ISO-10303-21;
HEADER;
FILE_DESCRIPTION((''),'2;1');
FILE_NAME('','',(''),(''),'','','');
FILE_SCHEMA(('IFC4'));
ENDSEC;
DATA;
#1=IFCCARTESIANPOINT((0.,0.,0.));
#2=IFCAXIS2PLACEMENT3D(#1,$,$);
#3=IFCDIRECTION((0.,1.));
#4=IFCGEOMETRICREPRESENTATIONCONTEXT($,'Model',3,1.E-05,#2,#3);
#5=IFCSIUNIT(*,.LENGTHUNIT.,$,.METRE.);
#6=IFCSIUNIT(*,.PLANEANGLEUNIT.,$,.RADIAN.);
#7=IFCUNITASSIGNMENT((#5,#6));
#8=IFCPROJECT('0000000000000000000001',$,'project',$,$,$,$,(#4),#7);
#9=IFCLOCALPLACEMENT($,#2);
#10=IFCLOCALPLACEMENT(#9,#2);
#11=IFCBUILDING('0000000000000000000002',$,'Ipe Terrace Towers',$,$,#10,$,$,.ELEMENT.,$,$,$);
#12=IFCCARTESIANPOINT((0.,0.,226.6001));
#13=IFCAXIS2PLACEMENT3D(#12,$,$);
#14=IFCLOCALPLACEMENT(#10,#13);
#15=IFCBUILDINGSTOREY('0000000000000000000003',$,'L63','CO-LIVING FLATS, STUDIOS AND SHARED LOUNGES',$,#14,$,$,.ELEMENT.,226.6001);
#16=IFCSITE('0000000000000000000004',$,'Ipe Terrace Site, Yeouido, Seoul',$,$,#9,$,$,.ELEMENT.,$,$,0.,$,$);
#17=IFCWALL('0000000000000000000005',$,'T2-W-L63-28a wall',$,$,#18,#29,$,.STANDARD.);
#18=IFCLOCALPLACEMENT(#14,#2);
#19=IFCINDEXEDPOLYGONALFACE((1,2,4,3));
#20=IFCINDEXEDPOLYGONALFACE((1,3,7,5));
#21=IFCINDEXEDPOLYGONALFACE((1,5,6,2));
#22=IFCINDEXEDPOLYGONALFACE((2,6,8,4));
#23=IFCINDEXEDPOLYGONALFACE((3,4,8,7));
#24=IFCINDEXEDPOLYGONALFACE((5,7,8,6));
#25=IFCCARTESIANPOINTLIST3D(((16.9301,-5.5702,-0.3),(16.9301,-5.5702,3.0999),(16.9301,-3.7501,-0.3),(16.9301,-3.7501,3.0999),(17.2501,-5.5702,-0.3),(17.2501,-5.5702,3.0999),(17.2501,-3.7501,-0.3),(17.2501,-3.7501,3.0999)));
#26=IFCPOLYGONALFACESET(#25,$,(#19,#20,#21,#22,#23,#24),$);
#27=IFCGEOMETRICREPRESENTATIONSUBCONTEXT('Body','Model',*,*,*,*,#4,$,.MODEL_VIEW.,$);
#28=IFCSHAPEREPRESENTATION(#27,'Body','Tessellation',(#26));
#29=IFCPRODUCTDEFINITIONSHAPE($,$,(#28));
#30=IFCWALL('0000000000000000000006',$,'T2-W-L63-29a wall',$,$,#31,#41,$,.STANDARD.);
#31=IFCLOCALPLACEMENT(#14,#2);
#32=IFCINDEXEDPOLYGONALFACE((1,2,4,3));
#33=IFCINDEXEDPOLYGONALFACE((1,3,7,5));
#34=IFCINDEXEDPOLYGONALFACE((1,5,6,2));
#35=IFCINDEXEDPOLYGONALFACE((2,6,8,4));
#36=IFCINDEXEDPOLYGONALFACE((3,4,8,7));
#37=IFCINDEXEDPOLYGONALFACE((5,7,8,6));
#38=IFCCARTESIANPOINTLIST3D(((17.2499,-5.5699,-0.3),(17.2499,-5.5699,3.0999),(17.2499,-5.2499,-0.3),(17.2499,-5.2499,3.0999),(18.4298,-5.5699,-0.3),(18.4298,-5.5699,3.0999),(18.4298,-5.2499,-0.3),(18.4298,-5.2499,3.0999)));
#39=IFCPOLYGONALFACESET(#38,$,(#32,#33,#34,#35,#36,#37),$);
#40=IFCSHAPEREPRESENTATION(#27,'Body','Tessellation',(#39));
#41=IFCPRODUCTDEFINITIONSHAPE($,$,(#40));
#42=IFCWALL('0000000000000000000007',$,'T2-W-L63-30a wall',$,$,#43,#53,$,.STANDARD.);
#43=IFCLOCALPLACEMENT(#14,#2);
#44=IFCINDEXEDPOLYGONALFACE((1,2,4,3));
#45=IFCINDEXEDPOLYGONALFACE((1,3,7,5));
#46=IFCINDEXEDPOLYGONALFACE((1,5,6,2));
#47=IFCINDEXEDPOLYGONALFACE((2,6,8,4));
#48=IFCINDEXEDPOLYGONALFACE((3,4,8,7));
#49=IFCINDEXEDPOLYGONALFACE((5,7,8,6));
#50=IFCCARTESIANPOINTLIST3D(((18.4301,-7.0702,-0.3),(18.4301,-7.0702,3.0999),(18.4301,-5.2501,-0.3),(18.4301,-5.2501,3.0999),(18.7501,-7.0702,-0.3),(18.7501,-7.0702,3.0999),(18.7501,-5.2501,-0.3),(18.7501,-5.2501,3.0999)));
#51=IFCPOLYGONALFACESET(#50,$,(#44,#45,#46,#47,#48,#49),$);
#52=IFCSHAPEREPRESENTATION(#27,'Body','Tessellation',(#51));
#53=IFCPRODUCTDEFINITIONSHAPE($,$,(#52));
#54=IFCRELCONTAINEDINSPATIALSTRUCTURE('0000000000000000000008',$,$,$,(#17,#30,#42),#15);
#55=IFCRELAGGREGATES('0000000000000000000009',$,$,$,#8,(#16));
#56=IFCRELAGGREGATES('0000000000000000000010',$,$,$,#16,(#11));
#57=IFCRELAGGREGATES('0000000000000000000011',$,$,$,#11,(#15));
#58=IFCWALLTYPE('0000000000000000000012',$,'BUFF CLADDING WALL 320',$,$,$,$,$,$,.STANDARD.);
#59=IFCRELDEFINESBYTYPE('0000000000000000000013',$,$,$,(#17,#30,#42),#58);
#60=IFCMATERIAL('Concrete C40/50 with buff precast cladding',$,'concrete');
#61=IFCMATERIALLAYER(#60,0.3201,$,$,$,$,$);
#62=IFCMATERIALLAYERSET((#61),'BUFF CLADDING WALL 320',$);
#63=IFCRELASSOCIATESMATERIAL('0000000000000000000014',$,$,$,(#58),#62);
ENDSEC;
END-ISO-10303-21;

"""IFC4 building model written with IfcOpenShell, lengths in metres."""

from ifc_helpers import new_model, si_unit, direction, frame, frame_2d, origin, place, context, subcontext, project, spatial, rectangle, extrude, material, layer, layer_set, type_object, element, save


model = new_model("IFC4")

# Units and contexts
model_context = context("Model", 3, precision=1e-05, world=origin(), true_north=direction((0.0, 1.0)))
body_context = subcontext(model_context, "Body", "Model", "MODEL_VIEW")
ifc_project = project(units=[si_unit("LENGTHUNIT", "METRE"), si_unit("PLANEANGLEUNIT", "RADIAN")], contexts=[model_context])

# Site, building, storey
site_placement = place(None, origin())
site = spatial("IfcSite", under=ifc_project, at=site_placement, Name="Ipe Terrace Site, Yeouido, Seoul", CompositionType="ELEMENT", RefElevation=0.0)
building_placement = place(site_placement, origin())
building = spatial("IfcBuilding", under=site, at=building_placement, Name="Ipe Terrace Towers", CompositionType="ELEMENT")
storey_placement = place(building_placement, frame((0.0, 0.0, 226.6001)))
storey = spatial("IfcBuildingStorey", under=building, at=storey_placement, Name="L63", Description="CO-LIVING FLATS, STUDIOS AND SHARED LOUNGES", CompositionType="ELEMENT", Elevation=226.6001)

# Walls
ifc_material_1 = material(Name="Concrete C40/50 with buff precast cladding", Category="concrete")
ifc_layer_1 = layer(ifc_material_1, 0.3201)
ifc_layer_set_1 = layer_set([ifc_layer_1], Name="BUFF CLADDING WALL 320")
wall_type = type_object("IfcWallType", Name="BUFF CLADDING WALL 320", PredefinedType="STANDARD", material=ifc_layer_set_1)
wall_1_placement = place(storey_placement, frame((17.0901, -3.75, -0.3), z_axis=(0.0, 0.0, 1.0), x_axis=(0.0, -1.0, 0.0)))
element("IfcWall", 1, at=wall_1_placement, inside=storey, type_object=wall_type, Name="T2-W-L63-28a wall", PredefinedType="STANDARD", context=body_context, shape_type="SweptSolid", body=[
    extrude(rectangle(XDim=1.8201, YDim=0.3201, at=frame_2d((0.9102, 0.0))), origin(), (0.0, 0.0, 1.0), 3.3999),
])
wall_2_placement = place(storey_placement, frame((17.25, -5.4099, -0.3), z_axis=(0.0, 0.0, 1.0), x_axis=(1.0, 0.0, 0.0)))
element("IfcWall", 2, at=wall_2_placement, inside=storey, type_object=wall_type, Name="T2-W-L63-29a wall", PredefinedType="STANDARD", context=body_context, shape_type="SweptSolid", body=[
    extrude(rectangle(XDim=1.1799, YDim=0.3201, at=frame_2d((0.5898, 0.0))), origin(), (0.0, 0.0, 1.0), 3.3999),
])
wall_3_placement = place(storey_placement, frame((18.5901, -5.25, -0.3), z_axis=(0.0, 0.0, 1.0), x_axis=(0.0, -1.0, 0.0)))
element("IfcWall", 3, at=wall_3_placement, inside=storey, type_object=wall_type, Name="T2-W-L63-30a wall", PredefinedType="STANDARD", context=body_context, shape_type="SweptSolid", body=[
    extrude(rectangle(XDim=1.8201, YDim=0.3201, at=frame_2d((0.9102, 0.0))), origin(), (0.0, 0.0, 1.0), 3.3999),
])

save(model, "model.ifc")
